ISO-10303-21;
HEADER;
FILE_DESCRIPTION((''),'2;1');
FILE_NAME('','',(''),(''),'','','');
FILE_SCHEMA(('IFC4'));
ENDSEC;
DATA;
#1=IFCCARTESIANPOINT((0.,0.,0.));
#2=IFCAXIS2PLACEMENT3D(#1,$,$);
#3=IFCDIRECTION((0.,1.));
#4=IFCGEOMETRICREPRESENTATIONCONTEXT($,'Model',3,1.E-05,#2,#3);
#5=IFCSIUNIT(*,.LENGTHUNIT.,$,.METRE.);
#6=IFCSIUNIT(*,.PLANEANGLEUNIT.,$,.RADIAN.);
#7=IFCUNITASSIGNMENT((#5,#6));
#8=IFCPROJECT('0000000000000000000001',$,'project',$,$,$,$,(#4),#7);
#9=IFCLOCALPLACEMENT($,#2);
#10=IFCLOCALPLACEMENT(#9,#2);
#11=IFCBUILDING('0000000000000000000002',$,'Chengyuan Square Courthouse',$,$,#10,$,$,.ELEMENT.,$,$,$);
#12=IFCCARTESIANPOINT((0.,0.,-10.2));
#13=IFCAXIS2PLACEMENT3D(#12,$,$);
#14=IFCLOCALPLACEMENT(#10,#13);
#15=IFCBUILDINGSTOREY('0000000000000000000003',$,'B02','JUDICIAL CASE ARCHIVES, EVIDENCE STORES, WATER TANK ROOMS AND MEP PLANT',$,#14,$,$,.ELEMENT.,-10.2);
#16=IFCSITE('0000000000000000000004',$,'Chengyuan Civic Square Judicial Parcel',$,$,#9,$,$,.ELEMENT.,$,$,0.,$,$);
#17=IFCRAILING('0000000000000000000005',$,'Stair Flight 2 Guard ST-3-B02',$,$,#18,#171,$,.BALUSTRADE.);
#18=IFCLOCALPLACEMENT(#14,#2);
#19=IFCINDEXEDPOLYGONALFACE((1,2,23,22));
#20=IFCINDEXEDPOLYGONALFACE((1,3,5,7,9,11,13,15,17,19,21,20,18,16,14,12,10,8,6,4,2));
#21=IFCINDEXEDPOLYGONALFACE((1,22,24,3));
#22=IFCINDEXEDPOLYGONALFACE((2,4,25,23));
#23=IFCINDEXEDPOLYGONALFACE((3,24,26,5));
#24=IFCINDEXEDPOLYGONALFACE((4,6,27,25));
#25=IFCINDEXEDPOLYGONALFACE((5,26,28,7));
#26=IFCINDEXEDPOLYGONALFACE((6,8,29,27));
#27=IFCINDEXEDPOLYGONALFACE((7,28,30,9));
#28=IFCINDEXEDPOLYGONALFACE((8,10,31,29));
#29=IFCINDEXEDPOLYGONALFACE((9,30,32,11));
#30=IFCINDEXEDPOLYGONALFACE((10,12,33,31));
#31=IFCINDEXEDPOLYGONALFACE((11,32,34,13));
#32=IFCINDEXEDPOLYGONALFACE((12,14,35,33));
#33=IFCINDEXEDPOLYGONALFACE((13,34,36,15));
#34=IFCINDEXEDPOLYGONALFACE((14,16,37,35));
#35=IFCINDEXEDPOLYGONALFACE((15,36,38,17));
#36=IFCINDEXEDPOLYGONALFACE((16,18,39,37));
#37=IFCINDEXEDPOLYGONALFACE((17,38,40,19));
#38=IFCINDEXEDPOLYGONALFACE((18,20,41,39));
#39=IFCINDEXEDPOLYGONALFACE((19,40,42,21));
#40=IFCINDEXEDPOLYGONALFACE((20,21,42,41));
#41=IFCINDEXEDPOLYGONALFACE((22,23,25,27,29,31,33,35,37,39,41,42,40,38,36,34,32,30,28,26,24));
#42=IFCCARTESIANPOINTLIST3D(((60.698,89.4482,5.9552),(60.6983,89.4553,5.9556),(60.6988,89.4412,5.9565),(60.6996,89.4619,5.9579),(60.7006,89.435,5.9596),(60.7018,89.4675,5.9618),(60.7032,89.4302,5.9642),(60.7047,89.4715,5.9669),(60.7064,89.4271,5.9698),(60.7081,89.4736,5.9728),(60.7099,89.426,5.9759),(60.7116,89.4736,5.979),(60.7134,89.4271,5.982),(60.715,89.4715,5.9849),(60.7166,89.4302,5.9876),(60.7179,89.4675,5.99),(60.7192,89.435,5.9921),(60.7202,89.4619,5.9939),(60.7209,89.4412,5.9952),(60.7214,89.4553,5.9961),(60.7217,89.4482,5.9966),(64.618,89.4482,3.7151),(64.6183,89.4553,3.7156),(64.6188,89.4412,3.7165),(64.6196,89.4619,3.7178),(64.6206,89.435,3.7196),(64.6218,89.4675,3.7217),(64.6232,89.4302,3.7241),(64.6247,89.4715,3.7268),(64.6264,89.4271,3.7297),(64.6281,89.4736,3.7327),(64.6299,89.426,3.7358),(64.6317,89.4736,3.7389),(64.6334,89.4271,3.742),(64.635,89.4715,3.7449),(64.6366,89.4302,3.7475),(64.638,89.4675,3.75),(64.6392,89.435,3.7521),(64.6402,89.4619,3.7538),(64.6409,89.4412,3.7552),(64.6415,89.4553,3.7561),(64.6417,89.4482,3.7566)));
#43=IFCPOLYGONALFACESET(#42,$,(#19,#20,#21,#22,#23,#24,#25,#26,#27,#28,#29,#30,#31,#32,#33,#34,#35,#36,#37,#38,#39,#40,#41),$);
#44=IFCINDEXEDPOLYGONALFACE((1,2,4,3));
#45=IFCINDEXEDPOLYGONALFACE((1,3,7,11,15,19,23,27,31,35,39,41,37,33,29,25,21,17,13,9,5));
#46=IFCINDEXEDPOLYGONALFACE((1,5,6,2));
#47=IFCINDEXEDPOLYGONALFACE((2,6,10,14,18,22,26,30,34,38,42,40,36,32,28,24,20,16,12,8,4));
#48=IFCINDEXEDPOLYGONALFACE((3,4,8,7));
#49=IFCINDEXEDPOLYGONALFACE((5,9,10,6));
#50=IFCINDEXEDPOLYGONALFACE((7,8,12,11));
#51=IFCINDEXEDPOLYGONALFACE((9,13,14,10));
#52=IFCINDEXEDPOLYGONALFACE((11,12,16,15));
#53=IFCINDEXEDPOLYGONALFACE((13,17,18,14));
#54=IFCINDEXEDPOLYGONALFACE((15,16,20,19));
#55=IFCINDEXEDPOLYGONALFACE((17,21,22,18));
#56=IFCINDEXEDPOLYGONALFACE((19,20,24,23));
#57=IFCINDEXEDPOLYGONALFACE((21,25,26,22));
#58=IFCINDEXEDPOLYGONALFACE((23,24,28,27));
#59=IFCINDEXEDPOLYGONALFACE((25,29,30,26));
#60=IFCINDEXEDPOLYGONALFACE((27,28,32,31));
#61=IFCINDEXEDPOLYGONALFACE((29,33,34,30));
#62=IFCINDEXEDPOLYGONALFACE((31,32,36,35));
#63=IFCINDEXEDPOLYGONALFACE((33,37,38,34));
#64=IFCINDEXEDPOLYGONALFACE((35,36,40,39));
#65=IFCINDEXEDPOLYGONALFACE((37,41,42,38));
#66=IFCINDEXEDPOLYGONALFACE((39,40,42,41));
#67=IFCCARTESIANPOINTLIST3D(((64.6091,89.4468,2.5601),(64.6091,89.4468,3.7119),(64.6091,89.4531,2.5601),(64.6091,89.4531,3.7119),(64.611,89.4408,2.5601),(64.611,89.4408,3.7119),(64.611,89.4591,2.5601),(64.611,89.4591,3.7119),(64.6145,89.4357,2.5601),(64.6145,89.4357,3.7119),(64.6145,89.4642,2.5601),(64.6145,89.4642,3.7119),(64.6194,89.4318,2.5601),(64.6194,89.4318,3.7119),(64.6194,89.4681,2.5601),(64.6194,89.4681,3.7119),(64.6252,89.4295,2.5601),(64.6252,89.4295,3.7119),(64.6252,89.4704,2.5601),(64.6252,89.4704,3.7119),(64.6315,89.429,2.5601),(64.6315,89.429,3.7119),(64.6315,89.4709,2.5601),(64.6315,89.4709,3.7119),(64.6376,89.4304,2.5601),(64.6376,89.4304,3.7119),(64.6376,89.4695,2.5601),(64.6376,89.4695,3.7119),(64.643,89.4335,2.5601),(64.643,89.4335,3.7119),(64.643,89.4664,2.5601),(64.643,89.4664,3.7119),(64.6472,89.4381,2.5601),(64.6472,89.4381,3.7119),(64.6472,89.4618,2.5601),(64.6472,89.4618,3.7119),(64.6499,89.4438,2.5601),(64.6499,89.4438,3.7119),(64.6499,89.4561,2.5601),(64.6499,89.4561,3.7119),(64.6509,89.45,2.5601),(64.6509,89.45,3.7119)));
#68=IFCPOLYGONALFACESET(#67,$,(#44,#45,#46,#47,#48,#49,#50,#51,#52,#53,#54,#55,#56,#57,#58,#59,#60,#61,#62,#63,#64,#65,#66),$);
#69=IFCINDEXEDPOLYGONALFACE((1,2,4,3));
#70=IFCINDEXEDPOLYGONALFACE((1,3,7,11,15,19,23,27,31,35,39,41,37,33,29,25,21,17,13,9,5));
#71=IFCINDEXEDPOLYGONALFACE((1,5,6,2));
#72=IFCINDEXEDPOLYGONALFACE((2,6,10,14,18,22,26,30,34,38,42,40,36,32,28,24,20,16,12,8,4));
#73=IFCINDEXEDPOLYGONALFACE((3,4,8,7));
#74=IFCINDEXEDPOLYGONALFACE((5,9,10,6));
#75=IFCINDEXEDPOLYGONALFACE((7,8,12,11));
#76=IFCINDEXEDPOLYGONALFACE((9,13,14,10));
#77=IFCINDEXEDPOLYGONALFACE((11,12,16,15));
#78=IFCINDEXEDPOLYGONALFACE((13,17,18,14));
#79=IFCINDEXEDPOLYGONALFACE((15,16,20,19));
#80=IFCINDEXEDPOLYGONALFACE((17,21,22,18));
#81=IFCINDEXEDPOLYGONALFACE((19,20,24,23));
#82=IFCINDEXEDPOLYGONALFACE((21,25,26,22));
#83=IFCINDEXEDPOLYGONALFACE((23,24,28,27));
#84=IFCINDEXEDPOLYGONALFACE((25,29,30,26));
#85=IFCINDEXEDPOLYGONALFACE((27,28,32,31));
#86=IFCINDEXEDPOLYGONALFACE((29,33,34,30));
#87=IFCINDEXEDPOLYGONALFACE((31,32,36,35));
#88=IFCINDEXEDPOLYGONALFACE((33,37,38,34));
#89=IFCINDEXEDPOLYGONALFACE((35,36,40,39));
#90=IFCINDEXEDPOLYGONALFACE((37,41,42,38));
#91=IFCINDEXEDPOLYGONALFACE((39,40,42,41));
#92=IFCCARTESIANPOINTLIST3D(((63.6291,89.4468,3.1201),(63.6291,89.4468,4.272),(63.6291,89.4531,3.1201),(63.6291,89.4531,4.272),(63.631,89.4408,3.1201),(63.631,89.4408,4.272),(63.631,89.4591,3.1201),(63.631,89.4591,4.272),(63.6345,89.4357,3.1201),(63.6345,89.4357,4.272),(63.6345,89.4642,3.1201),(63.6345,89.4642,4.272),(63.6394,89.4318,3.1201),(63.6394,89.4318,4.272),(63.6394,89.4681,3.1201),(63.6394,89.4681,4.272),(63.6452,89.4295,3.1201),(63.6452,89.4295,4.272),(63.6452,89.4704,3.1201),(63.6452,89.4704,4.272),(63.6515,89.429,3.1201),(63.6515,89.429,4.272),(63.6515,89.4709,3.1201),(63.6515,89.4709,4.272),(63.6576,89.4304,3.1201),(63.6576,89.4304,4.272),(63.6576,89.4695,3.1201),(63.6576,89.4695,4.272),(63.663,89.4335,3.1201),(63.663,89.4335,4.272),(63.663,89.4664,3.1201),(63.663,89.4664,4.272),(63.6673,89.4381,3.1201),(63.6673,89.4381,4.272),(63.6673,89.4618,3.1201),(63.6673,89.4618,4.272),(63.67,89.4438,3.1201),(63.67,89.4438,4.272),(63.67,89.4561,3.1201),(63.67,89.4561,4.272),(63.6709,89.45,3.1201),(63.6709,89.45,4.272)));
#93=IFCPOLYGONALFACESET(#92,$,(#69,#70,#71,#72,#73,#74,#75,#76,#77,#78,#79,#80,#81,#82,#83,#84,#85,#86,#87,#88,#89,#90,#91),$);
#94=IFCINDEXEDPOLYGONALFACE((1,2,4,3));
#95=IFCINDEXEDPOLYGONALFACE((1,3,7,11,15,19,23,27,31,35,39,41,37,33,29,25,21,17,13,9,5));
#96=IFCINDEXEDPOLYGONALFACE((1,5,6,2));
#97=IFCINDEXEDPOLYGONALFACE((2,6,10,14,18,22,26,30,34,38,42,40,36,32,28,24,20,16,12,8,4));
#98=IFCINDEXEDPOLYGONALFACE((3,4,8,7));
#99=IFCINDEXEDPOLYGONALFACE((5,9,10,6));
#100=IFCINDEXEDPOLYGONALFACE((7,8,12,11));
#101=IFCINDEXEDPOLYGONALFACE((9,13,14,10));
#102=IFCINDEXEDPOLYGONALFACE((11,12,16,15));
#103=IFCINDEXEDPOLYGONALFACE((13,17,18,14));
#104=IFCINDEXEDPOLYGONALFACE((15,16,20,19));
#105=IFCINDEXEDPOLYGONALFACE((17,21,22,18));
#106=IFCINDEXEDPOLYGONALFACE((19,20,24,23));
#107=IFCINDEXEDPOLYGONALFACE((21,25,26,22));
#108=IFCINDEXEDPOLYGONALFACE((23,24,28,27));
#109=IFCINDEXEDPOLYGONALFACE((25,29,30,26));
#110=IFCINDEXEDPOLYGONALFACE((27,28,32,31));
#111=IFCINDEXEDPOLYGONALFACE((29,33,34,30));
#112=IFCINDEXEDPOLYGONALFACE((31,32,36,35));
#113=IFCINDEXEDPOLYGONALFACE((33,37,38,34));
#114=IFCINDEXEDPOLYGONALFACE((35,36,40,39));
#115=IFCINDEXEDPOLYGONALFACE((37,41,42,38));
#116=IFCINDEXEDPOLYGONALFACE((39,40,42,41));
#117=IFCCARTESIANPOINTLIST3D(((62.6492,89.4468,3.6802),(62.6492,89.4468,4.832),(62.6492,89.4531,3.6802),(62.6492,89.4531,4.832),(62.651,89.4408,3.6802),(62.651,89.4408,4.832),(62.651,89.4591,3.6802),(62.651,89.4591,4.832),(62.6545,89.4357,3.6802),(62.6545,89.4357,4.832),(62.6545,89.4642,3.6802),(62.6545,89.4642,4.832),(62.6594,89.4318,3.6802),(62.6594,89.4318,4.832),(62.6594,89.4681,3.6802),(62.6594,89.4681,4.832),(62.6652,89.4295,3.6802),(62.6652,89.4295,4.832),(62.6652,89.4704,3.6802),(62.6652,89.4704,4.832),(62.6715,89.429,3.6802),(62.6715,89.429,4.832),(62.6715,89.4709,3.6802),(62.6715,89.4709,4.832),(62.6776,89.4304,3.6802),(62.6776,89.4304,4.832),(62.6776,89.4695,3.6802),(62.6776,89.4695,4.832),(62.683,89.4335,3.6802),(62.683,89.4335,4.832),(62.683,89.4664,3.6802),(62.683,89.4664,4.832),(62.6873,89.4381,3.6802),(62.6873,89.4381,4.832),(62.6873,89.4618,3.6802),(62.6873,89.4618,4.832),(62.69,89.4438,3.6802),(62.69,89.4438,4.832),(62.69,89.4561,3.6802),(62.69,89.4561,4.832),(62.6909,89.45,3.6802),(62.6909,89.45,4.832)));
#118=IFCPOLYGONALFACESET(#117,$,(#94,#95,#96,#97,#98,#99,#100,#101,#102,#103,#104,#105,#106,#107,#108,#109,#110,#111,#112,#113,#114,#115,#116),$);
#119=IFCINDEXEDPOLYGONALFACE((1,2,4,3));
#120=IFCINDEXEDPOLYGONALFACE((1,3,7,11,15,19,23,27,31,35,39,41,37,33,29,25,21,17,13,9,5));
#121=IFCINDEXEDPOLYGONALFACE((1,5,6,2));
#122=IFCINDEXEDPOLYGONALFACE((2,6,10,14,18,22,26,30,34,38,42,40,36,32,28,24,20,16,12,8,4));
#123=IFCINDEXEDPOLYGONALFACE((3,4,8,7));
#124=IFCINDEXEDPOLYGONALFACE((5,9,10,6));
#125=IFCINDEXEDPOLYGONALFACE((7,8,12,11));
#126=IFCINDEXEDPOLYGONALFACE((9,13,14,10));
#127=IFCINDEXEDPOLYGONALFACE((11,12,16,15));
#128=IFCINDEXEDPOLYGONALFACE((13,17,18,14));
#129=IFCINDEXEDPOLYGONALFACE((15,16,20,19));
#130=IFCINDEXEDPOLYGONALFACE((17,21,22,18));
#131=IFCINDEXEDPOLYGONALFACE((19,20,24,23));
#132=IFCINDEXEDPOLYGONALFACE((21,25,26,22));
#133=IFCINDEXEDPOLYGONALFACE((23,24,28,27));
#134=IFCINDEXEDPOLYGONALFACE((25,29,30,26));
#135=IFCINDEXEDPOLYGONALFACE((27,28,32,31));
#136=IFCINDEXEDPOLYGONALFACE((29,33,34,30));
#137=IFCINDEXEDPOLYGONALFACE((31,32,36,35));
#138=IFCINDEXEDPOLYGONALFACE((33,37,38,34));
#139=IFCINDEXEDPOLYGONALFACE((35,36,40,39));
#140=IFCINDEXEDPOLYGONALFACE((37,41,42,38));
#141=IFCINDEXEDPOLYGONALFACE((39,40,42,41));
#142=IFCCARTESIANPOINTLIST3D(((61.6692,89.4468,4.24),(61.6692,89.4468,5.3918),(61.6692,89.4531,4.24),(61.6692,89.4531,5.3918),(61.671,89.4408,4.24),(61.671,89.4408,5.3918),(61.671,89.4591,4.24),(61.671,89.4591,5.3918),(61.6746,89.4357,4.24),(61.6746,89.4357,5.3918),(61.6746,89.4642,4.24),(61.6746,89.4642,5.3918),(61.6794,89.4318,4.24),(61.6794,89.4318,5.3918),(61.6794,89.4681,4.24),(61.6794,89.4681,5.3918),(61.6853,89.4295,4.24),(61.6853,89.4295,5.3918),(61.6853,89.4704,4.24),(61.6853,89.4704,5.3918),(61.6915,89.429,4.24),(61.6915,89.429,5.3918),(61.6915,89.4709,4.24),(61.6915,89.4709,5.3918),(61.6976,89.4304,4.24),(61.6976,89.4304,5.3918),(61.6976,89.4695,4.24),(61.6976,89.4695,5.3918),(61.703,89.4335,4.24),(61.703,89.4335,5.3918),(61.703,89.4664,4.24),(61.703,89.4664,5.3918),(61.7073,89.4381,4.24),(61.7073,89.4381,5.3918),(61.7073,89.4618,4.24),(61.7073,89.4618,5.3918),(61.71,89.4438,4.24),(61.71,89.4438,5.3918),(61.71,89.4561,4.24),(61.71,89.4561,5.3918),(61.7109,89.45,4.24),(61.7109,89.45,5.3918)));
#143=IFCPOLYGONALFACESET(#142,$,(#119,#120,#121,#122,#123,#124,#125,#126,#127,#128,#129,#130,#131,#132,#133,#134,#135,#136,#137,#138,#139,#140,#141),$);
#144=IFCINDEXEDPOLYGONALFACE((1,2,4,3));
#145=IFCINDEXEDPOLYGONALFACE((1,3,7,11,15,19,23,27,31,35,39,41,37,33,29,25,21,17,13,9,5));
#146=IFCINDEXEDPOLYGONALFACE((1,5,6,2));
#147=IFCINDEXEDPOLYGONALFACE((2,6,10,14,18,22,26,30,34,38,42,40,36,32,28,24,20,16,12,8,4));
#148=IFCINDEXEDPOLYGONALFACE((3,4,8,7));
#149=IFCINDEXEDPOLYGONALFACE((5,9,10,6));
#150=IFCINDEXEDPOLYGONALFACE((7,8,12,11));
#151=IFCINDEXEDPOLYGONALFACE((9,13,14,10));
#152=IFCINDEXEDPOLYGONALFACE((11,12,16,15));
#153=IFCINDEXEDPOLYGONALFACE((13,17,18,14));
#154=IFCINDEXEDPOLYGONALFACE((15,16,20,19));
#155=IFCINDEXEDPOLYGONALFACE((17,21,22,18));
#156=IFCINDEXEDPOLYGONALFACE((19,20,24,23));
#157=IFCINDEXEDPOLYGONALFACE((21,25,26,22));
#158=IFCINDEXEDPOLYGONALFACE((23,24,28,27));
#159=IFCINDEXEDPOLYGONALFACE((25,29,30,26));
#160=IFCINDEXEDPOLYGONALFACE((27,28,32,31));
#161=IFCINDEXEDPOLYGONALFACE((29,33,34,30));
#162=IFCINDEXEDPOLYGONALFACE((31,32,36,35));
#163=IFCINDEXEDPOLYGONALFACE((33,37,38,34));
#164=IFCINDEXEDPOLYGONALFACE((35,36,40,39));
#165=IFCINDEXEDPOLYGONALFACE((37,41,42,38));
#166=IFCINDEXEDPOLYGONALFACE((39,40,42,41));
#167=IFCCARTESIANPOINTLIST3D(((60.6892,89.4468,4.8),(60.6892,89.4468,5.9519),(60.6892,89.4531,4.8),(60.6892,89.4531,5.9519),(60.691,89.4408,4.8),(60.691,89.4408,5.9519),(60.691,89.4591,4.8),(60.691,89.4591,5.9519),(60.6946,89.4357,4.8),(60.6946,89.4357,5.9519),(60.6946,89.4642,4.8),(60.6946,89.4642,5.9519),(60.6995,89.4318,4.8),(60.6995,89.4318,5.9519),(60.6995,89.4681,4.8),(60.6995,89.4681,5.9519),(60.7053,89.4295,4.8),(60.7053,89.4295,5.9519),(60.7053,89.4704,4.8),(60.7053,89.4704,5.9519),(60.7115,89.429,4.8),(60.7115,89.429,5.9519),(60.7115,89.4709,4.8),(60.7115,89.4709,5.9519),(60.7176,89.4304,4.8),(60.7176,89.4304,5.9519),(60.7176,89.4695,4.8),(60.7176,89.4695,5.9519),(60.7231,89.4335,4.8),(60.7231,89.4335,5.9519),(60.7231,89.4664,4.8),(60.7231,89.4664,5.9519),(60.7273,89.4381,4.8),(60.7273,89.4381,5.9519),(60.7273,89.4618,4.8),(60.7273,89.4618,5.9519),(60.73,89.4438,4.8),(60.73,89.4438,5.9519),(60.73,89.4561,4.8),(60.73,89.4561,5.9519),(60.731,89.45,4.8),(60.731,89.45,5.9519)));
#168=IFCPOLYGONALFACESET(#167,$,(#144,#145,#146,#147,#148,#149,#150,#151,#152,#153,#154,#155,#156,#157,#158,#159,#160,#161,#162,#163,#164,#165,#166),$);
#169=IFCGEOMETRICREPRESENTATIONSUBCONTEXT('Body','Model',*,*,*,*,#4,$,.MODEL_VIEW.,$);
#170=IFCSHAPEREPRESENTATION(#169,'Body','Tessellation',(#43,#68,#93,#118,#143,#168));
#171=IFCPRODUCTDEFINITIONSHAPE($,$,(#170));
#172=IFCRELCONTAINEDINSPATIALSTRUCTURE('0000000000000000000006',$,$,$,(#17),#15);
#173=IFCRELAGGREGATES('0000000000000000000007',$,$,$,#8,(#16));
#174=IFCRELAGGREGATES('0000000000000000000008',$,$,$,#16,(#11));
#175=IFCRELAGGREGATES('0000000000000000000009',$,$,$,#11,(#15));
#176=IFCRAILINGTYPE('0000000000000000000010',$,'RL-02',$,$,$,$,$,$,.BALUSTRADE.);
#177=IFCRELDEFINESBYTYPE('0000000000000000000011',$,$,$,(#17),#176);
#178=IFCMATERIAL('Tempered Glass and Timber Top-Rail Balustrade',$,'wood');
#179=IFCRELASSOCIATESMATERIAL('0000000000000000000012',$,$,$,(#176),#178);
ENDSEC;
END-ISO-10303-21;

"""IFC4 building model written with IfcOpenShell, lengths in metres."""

from ifc_helpers import new_model, si_unit, direction, frame, origin, origin_2d, place, context, subcontext, project, spatial, circle, extrude, material, type_object, element, save


model = new_model("IFC4")

# Units and contexts
model_context = context("Model", 3, precision=1e-05, world=origin(), true_north=direction((0.0, 1.0)))
body_context = subcontext(model_context, "Body", "Model", "MODEL_VIEW")
ifc_project = project(units=[si_unit("LENGTHUNIT", "METRE"), si_unit("PLANEANGLEUNIT", "RADIAN")], contexts=[model_context])

# Site, building, storey
site_placement = place(None, origin())
site = spatial("IfcSite", under=ifc_project, at=site_placement, Name="Chengyuan Civic Square Judicial Parcel", CompositionType="ELEMENT", RefElevation=0.0)
building_placement = place(site_placement, origin())
building = spatial("IfcBuilding", under=site, at=building_placement, Name="Chengyuan Square Courthouse", CompositionType="ELEMENT")
storey_placement = place(building_placement, frame((0.0, 0.0, -10.2)))
storey = spatial("IfcBuildingStorey", under=building, at=storey_placement, Name="B02", Description="JUDICIAL CASE ARCHIVES, EVIDENCE STORES, WATER TANK ROOMS AND MEP PLANT", CompositionType="ELEMENT", Elevation=-10.2)

# Railing
ifc_material_1 = material(Name="Tempered Glass and Timber Top-Rail Balustrade", Category="wood")
railing_type_1 = type_object("IfcRailingType", Name="RL-02", PredefinedType="BALUSTRADE", material=ifc_material_1)
railing_1_placement = place(storey_placement, frame((64.6299, 89.45, 2.5601)))
element("IfcRailing", 1, at=railing_1_placement, inside=storey, type_object=railing_type_1, Name="Stair Flight 2 Guard ST-3-B02", PredefinedType="BALUSTRADE", context=body_context, shape_type="SweptSolid", body=[
    extrude(circle(Radius=0.0239, at=origin_2d()), frame((0.0, 0.0, 1.1758), z_axis=(-0.86824, 0.0, 0.496145), x_axis=(0.0, -1.0, 0.0)), (0.0, 0.0, 1.0), 4.5149),
    extrude(circle(Radius=0.021, at=origin_2d()), origin(), (0.0, 0.0, 1.0), 1.1519),
    extrude(circle(Radius=0.021, at=origin_2d()), frame((-0.98, 0.0, 0.5601)), (0.0, 0.0, 1.0), 1.1519),
    extrude(circle(Radius=0.021, at=origin_2d()), frame((-1.96, 0.0, 1.1201)), (0.0, 0.0, 1.0), 1.1519),
    extrude(circle(Radius=0.021, at=origin_2d()), frame((-2.9399, 0.0, 1.6799)), (0.0, 0.0, 1.0), 1.1519),
    extrude(circle(Radius=0.021, at=origin_2d()), frame((-3.9199, 0.0, 2.24)), (0.0, 0.0, 1.0), 1.1519),
])

save(model, "model.ifc")
